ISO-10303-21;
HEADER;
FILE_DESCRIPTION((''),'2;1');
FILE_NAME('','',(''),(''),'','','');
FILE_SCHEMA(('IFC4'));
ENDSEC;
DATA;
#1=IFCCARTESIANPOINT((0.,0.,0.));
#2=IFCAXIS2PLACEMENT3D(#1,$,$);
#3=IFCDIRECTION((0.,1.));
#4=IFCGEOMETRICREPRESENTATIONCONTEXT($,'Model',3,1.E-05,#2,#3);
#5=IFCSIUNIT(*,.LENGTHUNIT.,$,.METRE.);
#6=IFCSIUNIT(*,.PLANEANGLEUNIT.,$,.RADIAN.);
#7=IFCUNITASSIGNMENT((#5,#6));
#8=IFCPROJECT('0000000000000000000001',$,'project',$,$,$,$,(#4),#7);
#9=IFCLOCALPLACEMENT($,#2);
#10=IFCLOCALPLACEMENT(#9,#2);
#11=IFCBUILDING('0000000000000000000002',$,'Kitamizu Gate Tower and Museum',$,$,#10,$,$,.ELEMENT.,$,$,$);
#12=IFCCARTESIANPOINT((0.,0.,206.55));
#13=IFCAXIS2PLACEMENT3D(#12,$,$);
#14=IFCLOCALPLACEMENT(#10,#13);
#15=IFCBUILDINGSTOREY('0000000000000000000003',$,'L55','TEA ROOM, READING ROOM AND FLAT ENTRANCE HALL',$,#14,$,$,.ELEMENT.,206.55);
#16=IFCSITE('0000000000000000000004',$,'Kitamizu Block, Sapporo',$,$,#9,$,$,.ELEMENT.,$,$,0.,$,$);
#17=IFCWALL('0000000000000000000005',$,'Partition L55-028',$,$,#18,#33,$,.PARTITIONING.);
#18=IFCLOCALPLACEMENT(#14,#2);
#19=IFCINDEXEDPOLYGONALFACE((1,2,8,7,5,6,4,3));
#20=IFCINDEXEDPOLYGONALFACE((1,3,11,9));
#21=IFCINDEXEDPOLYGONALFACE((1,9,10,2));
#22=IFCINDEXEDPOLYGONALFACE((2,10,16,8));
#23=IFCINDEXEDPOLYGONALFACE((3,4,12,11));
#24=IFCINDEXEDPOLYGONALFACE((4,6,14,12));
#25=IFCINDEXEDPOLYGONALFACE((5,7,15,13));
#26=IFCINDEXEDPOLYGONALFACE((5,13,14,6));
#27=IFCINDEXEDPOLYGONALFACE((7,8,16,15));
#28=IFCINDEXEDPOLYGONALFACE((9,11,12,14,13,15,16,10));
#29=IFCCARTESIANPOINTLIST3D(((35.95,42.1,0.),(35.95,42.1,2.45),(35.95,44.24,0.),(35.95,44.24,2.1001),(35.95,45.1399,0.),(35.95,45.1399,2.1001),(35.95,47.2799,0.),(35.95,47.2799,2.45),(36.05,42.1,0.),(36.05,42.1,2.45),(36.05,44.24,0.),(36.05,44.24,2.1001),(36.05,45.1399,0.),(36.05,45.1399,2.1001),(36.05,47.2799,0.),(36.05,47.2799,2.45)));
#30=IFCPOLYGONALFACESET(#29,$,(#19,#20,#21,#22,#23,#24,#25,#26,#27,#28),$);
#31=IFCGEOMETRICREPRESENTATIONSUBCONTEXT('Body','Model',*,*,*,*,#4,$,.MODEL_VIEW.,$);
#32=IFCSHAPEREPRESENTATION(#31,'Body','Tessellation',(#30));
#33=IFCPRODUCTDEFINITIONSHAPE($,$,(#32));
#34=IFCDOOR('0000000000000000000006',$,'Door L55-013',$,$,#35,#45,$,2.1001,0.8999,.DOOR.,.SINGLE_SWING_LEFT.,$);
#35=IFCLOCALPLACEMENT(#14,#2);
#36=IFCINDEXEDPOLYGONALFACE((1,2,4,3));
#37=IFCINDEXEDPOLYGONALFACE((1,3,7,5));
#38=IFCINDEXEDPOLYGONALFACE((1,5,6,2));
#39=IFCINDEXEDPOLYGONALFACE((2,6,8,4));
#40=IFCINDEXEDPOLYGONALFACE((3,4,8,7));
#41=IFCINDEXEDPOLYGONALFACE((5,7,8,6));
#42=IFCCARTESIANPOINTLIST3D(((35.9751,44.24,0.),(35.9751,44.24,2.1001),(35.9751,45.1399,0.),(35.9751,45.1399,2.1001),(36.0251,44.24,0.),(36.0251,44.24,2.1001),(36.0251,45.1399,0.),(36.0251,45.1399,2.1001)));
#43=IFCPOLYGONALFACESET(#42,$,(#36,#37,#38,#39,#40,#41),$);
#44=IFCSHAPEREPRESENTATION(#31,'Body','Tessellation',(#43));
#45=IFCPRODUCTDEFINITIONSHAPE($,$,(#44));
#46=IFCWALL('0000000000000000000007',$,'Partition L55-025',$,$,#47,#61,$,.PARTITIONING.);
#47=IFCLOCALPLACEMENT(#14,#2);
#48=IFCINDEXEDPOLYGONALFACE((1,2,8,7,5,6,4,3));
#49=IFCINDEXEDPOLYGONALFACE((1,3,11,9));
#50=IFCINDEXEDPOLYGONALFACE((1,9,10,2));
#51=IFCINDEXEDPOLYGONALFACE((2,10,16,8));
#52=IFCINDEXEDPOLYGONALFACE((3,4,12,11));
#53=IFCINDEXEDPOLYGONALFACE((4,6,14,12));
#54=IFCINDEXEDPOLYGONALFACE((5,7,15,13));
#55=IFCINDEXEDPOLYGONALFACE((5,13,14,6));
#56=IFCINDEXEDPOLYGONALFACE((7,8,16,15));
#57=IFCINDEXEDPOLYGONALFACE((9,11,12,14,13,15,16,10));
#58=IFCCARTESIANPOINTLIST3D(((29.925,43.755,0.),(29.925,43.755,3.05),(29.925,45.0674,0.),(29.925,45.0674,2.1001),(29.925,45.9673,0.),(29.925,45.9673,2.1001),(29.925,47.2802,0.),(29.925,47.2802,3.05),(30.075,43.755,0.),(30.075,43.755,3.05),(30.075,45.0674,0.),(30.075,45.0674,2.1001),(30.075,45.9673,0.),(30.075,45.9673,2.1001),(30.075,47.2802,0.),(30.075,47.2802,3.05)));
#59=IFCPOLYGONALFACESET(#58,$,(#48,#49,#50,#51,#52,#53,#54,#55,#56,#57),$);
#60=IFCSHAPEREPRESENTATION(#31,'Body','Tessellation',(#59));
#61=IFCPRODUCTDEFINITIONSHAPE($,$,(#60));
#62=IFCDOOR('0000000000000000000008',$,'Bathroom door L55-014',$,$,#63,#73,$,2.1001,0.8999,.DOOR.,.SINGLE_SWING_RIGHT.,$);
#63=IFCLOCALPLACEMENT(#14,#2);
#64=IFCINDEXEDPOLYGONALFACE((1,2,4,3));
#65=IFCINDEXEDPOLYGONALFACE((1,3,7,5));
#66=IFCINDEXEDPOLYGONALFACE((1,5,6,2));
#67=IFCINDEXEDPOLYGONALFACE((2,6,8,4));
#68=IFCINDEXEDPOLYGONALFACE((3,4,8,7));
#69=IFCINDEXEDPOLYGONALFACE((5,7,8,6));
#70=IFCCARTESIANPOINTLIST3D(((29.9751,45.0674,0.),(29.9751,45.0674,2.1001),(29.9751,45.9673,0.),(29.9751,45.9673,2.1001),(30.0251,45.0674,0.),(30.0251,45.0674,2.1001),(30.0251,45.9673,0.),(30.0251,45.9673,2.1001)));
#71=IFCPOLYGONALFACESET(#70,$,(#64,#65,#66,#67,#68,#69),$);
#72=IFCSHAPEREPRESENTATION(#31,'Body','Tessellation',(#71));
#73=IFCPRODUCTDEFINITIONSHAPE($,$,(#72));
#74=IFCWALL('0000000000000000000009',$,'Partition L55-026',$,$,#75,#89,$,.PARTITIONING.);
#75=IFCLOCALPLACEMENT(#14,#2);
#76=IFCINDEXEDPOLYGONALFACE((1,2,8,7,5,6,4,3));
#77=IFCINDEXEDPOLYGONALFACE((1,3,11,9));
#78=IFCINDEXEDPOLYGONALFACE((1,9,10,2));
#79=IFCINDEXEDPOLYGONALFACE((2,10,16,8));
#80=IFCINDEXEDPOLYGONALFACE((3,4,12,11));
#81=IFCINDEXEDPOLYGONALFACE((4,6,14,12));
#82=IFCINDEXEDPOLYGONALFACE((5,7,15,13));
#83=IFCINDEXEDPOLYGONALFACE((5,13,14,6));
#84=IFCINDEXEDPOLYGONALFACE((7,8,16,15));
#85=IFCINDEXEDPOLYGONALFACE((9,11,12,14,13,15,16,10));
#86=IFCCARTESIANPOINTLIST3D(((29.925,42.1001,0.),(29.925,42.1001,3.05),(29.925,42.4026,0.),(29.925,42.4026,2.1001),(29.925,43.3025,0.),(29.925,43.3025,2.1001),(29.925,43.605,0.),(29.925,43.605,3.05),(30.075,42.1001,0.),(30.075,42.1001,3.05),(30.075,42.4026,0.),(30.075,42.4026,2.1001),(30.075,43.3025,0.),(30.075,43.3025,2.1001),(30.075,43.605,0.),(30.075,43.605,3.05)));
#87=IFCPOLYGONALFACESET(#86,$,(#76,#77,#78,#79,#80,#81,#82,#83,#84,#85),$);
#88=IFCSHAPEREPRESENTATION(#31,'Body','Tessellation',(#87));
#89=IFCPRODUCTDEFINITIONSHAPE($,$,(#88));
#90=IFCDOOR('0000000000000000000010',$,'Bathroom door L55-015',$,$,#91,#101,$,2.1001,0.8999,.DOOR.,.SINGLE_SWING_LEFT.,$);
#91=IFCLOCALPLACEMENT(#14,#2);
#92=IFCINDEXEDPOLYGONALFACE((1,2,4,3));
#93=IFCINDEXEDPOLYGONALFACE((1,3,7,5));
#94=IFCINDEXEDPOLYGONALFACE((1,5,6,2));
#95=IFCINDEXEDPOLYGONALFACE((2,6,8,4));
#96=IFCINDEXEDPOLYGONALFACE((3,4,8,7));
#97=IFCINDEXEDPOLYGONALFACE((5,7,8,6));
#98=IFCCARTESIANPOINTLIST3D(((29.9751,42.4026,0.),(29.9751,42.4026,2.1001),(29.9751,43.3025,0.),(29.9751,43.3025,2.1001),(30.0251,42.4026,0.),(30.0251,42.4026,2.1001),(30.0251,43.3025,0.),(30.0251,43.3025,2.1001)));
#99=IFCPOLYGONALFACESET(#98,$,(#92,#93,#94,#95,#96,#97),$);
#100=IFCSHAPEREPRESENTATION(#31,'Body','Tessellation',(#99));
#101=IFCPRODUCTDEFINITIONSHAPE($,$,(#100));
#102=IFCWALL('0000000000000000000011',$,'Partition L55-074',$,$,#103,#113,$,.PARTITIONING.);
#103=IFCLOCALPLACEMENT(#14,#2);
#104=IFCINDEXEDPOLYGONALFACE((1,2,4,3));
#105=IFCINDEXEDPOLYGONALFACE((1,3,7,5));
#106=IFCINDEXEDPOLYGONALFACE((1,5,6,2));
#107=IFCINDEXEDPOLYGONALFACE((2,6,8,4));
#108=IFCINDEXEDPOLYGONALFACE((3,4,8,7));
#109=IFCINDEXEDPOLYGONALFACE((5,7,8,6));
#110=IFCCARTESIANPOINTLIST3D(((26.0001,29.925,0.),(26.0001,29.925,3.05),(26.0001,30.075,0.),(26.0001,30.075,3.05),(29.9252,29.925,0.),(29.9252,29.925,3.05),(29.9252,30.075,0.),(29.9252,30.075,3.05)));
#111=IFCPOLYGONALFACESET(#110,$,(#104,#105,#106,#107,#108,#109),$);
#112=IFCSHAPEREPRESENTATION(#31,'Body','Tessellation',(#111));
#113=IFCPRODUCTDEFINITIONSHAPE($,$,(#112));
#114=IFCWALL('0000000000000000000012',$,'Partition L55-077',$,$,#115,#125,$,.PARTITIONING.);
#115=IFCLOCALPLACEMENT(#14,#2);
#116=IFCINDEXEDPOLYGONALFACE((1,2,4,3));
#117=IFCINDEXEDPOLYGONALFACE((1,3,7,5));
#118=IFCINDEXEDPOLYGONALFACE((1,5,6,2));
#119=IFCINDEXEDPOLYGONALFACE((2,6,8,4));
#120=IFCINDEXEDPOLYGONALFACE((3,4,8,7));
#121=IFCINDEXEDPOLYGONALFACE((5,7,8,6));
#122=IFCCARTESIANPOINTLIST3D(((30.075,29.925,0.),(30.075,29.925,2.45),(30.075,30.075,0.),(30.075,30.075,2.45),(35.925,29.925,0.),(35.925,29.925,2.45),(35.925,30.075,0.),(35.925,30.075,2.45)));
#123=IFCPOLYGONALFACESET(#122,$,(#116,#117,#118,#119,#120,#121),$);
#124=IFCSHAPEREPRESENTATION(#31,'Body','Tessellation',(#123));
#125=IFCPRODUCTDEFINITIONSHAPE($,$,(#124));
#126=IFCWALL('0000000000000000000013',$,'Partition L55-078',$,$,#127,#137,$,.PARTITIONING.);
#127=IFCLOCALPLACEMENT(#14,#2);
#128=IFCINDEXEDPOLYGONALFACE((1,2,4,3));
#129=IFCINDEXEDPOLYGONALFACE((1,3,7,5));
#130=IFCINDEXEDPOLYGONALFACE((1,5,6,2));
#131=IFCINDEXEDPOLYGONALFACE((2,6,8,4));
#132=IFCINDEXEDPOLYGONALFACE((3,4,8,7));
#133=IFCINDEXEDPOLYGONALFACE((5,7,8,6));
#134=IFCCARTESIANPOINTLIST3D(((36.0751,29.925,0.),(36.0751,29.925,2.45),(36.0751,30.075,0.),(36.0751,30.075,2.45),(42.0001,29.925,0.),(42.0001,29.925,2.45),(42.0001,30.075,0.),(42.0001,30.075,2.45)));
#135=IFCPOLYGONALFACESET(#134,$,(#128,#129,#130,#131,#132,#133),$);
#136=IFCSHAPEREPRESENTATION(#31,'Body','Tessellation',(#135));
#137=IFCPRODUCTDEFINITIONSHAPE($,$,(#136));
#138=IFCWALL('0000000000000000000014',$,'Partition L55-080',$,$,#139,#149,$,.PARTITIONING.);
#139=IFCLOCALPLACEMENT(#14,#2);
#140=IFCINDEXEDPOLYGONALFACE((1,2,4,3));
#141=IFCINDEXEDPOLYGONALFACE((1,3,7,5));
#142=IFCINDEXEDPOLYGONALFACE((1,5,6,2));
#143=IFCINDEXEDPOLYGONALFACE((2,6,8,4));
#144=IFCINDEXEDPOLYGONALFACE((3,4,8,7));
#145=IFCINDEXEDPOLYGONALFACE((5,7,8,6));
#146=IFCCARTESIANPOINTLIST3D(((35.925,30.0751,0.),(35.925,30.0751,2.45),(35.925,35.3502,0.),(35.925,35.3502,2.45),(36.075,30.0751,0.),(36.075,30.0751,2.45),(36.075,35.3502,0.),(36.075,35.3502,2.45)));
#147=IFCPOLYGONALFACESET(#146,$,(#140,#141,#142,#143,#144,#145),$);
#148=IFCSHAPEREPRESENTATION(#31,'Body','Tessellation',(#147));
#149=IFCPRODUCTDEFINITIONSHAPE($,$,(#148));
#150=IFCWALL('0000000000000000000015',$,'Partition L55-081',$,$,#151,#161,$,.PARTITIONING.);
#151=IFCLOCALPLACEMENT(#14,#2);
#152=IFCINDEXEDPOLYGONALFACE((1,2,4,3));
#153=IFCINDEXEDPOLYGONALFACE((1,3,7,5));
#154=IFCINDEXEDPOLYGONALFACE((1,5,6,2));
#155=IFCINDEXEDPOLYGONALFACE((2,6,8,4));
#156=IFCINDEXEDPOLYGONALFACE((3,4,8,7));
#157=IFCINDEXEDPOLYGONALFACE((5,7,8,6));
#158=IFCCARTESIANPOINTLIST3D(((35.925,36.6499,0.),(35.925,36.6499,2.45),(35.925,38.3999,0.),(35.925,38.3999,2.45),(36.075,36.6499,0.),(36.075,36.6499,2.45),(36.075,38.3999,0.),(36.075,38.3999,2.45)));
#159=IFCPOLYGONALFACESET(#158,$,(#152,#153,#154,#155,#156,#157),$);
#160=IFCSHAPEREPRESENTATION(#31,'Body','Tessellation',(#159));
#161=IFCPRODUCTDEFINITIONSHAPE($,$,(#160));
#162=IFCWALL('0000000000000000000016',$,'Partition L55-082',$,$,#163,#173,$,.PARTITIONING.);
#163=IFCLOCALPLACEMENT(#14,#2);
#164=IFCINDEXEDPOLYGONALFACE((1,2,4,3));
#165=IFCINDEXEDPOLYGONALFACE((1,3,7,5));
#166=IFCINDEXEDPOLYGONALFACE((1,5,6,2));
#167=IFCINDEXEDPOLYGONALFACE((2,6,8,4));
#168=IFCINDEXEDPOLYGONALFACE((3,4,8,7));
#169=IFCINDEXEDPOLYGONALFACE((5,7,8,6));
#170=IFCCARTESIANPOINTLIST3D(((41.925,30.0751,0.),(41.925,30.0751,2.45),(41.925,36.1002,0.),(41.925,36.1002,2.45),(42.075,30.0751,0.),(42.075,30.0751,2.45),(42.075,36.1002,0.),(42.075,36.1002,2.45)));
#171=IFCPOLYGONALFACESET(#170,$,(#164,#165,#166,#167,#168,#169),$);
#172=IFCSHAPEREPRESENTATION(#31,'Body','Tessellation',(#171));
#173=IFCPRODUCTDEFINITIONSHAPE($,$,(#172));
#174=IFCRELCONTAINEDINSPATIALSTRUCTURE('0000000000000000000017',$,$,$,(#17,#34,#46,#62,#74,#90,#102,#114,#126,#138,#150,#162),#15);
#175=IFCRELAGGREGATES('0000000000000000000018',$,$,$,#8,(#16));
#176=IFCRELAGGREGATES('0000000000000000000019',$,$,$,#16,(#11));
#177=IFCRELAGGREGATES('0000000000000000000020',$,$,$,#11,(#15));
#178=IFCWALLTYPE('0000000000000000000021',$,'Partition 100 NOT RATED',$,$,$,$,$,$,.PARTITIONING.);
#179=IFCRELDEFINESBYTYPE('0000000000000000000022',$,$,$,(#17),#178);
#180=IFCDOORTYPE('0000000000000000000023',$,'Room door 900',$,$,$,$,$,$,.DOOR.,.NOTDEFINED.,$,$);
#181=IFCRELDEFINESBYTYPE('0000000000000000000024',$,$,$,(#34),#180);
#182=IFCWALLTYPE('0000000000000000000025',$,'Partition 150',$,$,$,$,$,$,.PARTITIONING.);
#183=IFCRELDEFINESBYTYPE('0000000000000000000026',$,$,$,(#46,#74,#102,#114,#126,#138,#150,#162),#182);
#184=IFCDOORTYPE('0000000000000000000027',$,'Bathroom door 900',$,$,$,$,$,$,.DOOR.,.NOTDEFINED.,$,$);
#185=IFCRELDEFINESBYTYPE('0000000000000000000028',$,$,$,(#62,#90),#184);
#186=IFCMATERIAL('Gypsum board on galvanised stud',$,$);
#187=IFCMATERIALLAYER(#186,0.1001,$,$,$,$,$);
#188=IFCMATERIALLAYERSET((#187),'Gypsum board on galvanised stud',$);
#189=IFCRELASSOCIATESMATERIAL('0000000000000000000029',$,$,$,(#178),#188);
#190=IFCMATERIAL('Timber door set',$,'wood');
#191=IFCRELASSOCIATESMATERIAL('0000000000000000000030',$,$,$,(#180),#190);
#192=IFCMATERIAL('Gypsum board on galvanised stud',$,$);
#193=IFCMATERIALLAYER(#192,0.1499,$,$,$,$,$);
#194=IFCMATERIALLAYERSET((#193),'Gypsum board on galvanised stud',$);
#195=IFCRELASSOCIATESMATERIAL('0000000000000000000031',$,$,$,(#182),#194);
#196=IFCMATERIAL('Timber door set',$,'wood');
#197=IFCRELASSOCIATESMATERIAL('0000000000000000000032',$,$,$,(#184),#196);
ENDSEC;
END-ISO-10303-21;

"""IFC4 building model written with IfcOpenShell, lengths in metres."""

from ifc_helpers import new_model, si_unit, direction, frame, frame_2d, origin, place, context, subcontext, project, spatial, rectangle, extrude, material, layer, layer_set, type_object, element, fill, save


model = new_model("IFC4")

# Units and contexts
model_context = context("Model", 3, precision=1e-05, world=origin(), true_north=direction((0.0, 1.0)))
body_context = subcontext(model_context, "Body", "Model", "MODEL_VIEW")
ifc_project = project(units=[si_unit("LENGTHUNIT", "METRE"), si_unit("PLANEANGLEUNIT", "RADIAN")], contexts=[model_context])

# Site, building, storey
site_placement = place(None, origin())
site = spatial("IfcSite", under=ifc_project, at=site_placement, Name="Kitamizu Block, Sapporo", CompositionType="ELEMENT", RefElevation=0.0)
building_placement = place(site_placement, origin())
building = spatial("IfcBuilding", under=site, at=building_placement, Name="Kitamizu Gate Tower and Museum", CompositionType="ELEMENT")
storey_placement = place(building_placement, frame((0.0, 0.0, 206.55)))
storey = spatial("IfcBuildingStorey", under=building, at=storey_placement, Name="L55", Description="TEA ROOM, READING ROOM AND FLAT ENTRANCE HALL", CompositionType="ELEMENT", Elevation=206.55)

# Walls, openings, doors
ifc_material_1 = material(Name="Gypsum board on galvanised stud")
ifc_layer_1 = layer(ifc_material_1, 0.1001)
ifc_layer_set_1 = layer_set([ifc_layer_1], Name="Gypsum board on galvanised stud")
wall_type_1 = type_object("IfcWallType", Name="Partition 100 NOT RATED", PredefinedType="PARTITIONING", material=ifc_layer_set_1)
wall_1_placement = place(storey_placement, frame((36.0, 42.1001, 0.0), z_axis=(0.0, 0.0, 1.0), x_axis=(0.0, 1.0, 0.0)))
wall_1 = element("IfcWall", 1, at=wall_1_placement, inside=storey, type_object=wall_type_1, Name="Partition L55-028", PredefinedType="PARTITIONING", context=body_context, shape_type="SweptSolid", body=[
    extrude(rectangle(XDim=5.1799, YDim=0.1001, at=frame_2d((2.5898, 0.0))), origin(), (0.0, 0.0, 1.0), 2.45),
])
opening_1_placement = place(wall_1_placement, frame((2.1399, 0.0, 0.0)))
opening_1 = element("IfcOpeningElement", 2, at=opening_1_placement, cuts=wall_1, PredefinedType="OPENING", context=body_context, shape_type="SweptSolid", body=[
    extrude(rectangle(XDim=0.8999, YDim=2.1001, at=frame_2d((0.45, 1.05))), frame((0.0, 0.0601, 0.0), z_axis=(0.0, -1.0, 0.0), x_axis=(1.0, 0.0, 0.0)), (0.0, 0.0, 1.0), 0.1201),
])
ifc_material_2 = material(Name="Timber door set", Category="wood")
door_type_1 = type_object("IfcDoorType", Name="Room door 900", OperationType="NOTDEFINED", PredefinedType="DOOR", material=ifc_material_2)
door_1_placement = place(opening_1_placement, origin())
door_1 = element("IfcDoor", 3, at=door_1_placement, inside=storey, type_object=door_type_1, Name="Door L55-013", OperationType="SINGLE_SWING_LEFT", OverallHeight=2.1001, OverallWidth=0.8999, PredefinedType="DOOR", context=body_context, shape_type="SweptSolid", body=[
    extrude(rectangle(XDim=0.8999, YDim=2.1001, at=frame_2d((0.45, 1.05))), frame((0.0, 0.0249, 0.0), z_axis=(0.0, -1.0, 0.0), x_axis=(1.0, 0.0, 0.0)), (0.0, 0.0, 1.0), 0.05),
])
fill(opening_1, door_1)
ifc_material_3 = material(Name="Gypsum board on galvanised stud")
ifc_layer_2 = layer(ifc_material_3, 0.1499)
ifc_layer_set_2 = layer_set([ifc_layer_2], Name="Gypsum board on galvanised stud")
wall_type_2 = type_object("IfcWallType", Name="Partition 150", PredefinedType="PARTITIONING", material=ifc_layer_set_2)
wall_2_placement = place(storey_placement, frame((30.0, 43.7549, 0.0), z_axis=(0.0, 0.0, 1.0), x_axis=(0.0, 1.0, 0.0)))
wall_2 = element("IfcWall", 4, at=wall_2_placement, inside=storey, type_object=wall_type_2, Name="Partition L55-025", PredefinedType="PARTITIONING", context=body_context, shape_type="SweptSolid", body=[
    extrude(rectangle(XDim=3.5251, YDim=0.1499, at=frame_2d((1.7627, 0.0))), origin(), (0.0, 0.0, 1.0), 3.05),
])
opening_2_placement = place(wall_2_placement, frame((1.3125, 0.0, 0.0)))
opening_2 = element("IfcOpeningElement", 5, at=opening_2_placement, cuts=wall_2, PredefinedType="OPENING", context=body_context, shape_type="SweptSolid", body=[
    extrude(rectangle(XDim=0.8999, YDim=2.1001, at=frame_2d((0.45, 1.05))), frame((0.0, 0.085, 0.0), z_axis=(0.0, -1.0, 0.0), x_axis=(1.0, 0.0, 0.0)), (0.0, 0.0, 1.0), 0.1699),
])
ifc_material_4 = material(Name="Timber door set", Category="wood")
door_type_2 = type_object("IfcDoorType", Name="Bathroom door 900", OperationType="NOTDEFINED", PredefinedType="DOOR", material=ifc_material_4)
door_2_placement = place(opening_2_placement, origin())
door_2 = element("IfcDoor", 6, at=door_2_placement, inside=storey, type_object=door_type_2, Name="Bathroom door L55-014", OperationType="SINGLE_SWING_RIGHT", OverallHeight=2.1001, OverallWidth=0.8999, PredefinedType="DOOR", context=body_context, shape_type="SweptSolid", body=[
    extrude(rectangle(XDim=0.8999, YDim=2.1001, at=frame_2d((0.45, 1.05))), frame((0.0, 0.0249, 0.0), z_axis=(0.0, -1.0, 0.0), x_axis=(1.0, 0.0, 0.0)), (0.0, 0.0, 1.0), 0.05),
])
fill(opening_2, door_2)
wall_3_placement = place(storey_placement, frame((30.0, 42.1001, 0.0), z_axis=(0.0, 0.0, 1.0), x_axis=(0.0, 1.0, 0.0)))
wall_3 = element("IfcWall", 7, at=wall_3_placement, inside=storey, type_object=wall_type_2, Name="Partition L55-026", PredefinedType="PARTITIONING", context=body_context, shape_type="SweptSolid", body=[
    extrude(rectangle(XDim=1.5049, YDim=0.1499, at=frame_2d((0.7524, 0.0))), origin(), (0.0, 0.0, 1.0), 3.05),
])
opening_3_placement = place(wall_3_placement, frame((0.3025, 0.0, 0.0)))
opening_3 = element("IfcOpeningElement", 8, at=opening_3_placement, cuts=wall_3, PredefinedType="OPENING", context=body_context, shape_type="SweptSolid", body=[
    extrude(rectangle(XDim=0.8999, YDim=2.1001, at=frame_2d((0.45, 1.05))), frame((0.0, 0.085, 0.0), z_axis=(0.0, -1.0, 0.0), x_axis=(1.0, 0.0, 0.0)), (0.0, 0.0, 1.0), 0.1699),
])
door_3_placement = place(opening_3_placement, origin())
door_3 = element("IfcDoor", 9, at=door_3_placement, inside=storey, type_object=door_type_2, Name="Bathroom door L55-015", OperationType="SINGLE_SWING_LEFT", OverallHeight=2.1001, OverallWidth=0.8999, PredefinedType="DOOR", context=body_context, shape_type="SweptSolid", body=[
    extrude(rectangle(XDim=0.8999, YDim=2.1001, at=frame_2d((0.45, 1.05))), frame((0.0, 0.0249, 0.0), z_axis=(0.0, -1.0, 0.0), x_axis=(1.0, 0.0, 0.0)), (0.0, 0.0, 1.0), 0.05),
])
fill(opening_3, door_3)

# Walls
wall_4_placement = place(storey_placement, frame((29.925, 30.0, 0.0), z_axis=(0.0, 0.0, 1.0), x_axis=(-1.0, 0.0, 0.0)))
element("IfcWall", 10, at=wall_4_placement, inside=storey, type_object=wall_type_2, Name="Partition L55-074", PredefinedType="PARTITIONING", context=body_context, shape_type="SweptSolid", body=[
    extrude(rectangle(XDim=3.925, YDim=0.1499, at=frame_2d((1.9624, 0.0))), origin(), (0.0, 0.0, 1.0), 3.05),
])
wall_5_placement = place(storey_placement, frame((35.925, 30.0, 0.0), z_axis=(0.0, 0.0, 1.0), x_axis=(-1.0, 0.0, 0.0)))
element("IfcWall", 11, at=wall_5_placement, inside=storey, type_object=wall_type_2, Name="Partition L55-077", PredefinedType="PARTITIONING", context=body_context, shape_type="SweptSolid", body=[
    extrude(rectangle(XDim=5.8501, YDim=0.1499, at=frame_2d((2.925, 0.0))), origin(), (0.0, 0.0, 1.0), 2.45),
])
wall_6_placement = place(storey_placement, frame((42.0, 30.0, 0.0), z_axis=(0.0, 0.0, 1.0), x_axis=(-1.0, 0.0, 0.0)))
element("IfcWall", 12, at=wall_6_placement, inside=storey, type_object=wall_type_2, Name="Partition L55-078", PredefinedType="PARTITIONING", context=body_context, shape_type="SweptSolid", body=[
    extrude(rectangle(XDim=5.925, YDim=0.1499, at=frame_2d((2.9624, 0.0))), origin(), (0.0, 0.0, 1.0), 2.45),
])
wall_7_placement = place(storey_placement, frame((36.0, 30.075, 0.0), z_axis=(0.0, 0.0, 1.0), x_axis=(0.0, 1.0, 0.0)))
element("IfcWall", 13, at=wall_7_placement, inside=storey, type_object=wall_type_2, Name="Partition L55-080", PredefinedType="PARTITIONING", context=body_context, shape_type="SweptSolid", body=[
    extrude(rectangle(XDim=5.2751, YDim=0.1499, at=frame_2d((2.6377, 0.0))), origin(), (0.0, 0.0, 1.0), 2.45),
])
wall_8_placement = place(storey_placement, frame((36.0, 36.6499, 0.0), z_axis=(0.0, 0.0, 1.0), x_axis=(0.0, 1.0, 0.0)))
element("IfcWall", 14, at=wall_8_placement, inside=storey, type_object=wall_type_2, Name="Partition L55-081", PredefinedType="PARTITIONING", context=body_context, shape_type="SweptSolid", body=[
    extrude(rectangle(XDim=1.75, YDim=0.1499, at=frame_2d((0.875, 0.0))), origin(), (0.0, 0.0, 1.0), 2.45),
])
wall_9_placement = place(storey_placement, frame((42.0, 30.075, 0.0), z_axis=(0.0, 0.0, 1.0), x_axis=(0.0, 1.0, 0.0)))
element("IfcWall", 15, at=wall_9_placement, inside=storey, type_object=wall_type_2, Name="Partition L55-082", PredefinedType="PARTITIONING", context=body_context, shape_type="SweptSolid", body=[
    extrude(rectangle(XDim=6.0251, YDim=0.1499, at=frame_2d((3.0127, 0.0))), origin(), (0.0, 0.0, 1.0), 2.45),
])

save(model, "model.ifc")
